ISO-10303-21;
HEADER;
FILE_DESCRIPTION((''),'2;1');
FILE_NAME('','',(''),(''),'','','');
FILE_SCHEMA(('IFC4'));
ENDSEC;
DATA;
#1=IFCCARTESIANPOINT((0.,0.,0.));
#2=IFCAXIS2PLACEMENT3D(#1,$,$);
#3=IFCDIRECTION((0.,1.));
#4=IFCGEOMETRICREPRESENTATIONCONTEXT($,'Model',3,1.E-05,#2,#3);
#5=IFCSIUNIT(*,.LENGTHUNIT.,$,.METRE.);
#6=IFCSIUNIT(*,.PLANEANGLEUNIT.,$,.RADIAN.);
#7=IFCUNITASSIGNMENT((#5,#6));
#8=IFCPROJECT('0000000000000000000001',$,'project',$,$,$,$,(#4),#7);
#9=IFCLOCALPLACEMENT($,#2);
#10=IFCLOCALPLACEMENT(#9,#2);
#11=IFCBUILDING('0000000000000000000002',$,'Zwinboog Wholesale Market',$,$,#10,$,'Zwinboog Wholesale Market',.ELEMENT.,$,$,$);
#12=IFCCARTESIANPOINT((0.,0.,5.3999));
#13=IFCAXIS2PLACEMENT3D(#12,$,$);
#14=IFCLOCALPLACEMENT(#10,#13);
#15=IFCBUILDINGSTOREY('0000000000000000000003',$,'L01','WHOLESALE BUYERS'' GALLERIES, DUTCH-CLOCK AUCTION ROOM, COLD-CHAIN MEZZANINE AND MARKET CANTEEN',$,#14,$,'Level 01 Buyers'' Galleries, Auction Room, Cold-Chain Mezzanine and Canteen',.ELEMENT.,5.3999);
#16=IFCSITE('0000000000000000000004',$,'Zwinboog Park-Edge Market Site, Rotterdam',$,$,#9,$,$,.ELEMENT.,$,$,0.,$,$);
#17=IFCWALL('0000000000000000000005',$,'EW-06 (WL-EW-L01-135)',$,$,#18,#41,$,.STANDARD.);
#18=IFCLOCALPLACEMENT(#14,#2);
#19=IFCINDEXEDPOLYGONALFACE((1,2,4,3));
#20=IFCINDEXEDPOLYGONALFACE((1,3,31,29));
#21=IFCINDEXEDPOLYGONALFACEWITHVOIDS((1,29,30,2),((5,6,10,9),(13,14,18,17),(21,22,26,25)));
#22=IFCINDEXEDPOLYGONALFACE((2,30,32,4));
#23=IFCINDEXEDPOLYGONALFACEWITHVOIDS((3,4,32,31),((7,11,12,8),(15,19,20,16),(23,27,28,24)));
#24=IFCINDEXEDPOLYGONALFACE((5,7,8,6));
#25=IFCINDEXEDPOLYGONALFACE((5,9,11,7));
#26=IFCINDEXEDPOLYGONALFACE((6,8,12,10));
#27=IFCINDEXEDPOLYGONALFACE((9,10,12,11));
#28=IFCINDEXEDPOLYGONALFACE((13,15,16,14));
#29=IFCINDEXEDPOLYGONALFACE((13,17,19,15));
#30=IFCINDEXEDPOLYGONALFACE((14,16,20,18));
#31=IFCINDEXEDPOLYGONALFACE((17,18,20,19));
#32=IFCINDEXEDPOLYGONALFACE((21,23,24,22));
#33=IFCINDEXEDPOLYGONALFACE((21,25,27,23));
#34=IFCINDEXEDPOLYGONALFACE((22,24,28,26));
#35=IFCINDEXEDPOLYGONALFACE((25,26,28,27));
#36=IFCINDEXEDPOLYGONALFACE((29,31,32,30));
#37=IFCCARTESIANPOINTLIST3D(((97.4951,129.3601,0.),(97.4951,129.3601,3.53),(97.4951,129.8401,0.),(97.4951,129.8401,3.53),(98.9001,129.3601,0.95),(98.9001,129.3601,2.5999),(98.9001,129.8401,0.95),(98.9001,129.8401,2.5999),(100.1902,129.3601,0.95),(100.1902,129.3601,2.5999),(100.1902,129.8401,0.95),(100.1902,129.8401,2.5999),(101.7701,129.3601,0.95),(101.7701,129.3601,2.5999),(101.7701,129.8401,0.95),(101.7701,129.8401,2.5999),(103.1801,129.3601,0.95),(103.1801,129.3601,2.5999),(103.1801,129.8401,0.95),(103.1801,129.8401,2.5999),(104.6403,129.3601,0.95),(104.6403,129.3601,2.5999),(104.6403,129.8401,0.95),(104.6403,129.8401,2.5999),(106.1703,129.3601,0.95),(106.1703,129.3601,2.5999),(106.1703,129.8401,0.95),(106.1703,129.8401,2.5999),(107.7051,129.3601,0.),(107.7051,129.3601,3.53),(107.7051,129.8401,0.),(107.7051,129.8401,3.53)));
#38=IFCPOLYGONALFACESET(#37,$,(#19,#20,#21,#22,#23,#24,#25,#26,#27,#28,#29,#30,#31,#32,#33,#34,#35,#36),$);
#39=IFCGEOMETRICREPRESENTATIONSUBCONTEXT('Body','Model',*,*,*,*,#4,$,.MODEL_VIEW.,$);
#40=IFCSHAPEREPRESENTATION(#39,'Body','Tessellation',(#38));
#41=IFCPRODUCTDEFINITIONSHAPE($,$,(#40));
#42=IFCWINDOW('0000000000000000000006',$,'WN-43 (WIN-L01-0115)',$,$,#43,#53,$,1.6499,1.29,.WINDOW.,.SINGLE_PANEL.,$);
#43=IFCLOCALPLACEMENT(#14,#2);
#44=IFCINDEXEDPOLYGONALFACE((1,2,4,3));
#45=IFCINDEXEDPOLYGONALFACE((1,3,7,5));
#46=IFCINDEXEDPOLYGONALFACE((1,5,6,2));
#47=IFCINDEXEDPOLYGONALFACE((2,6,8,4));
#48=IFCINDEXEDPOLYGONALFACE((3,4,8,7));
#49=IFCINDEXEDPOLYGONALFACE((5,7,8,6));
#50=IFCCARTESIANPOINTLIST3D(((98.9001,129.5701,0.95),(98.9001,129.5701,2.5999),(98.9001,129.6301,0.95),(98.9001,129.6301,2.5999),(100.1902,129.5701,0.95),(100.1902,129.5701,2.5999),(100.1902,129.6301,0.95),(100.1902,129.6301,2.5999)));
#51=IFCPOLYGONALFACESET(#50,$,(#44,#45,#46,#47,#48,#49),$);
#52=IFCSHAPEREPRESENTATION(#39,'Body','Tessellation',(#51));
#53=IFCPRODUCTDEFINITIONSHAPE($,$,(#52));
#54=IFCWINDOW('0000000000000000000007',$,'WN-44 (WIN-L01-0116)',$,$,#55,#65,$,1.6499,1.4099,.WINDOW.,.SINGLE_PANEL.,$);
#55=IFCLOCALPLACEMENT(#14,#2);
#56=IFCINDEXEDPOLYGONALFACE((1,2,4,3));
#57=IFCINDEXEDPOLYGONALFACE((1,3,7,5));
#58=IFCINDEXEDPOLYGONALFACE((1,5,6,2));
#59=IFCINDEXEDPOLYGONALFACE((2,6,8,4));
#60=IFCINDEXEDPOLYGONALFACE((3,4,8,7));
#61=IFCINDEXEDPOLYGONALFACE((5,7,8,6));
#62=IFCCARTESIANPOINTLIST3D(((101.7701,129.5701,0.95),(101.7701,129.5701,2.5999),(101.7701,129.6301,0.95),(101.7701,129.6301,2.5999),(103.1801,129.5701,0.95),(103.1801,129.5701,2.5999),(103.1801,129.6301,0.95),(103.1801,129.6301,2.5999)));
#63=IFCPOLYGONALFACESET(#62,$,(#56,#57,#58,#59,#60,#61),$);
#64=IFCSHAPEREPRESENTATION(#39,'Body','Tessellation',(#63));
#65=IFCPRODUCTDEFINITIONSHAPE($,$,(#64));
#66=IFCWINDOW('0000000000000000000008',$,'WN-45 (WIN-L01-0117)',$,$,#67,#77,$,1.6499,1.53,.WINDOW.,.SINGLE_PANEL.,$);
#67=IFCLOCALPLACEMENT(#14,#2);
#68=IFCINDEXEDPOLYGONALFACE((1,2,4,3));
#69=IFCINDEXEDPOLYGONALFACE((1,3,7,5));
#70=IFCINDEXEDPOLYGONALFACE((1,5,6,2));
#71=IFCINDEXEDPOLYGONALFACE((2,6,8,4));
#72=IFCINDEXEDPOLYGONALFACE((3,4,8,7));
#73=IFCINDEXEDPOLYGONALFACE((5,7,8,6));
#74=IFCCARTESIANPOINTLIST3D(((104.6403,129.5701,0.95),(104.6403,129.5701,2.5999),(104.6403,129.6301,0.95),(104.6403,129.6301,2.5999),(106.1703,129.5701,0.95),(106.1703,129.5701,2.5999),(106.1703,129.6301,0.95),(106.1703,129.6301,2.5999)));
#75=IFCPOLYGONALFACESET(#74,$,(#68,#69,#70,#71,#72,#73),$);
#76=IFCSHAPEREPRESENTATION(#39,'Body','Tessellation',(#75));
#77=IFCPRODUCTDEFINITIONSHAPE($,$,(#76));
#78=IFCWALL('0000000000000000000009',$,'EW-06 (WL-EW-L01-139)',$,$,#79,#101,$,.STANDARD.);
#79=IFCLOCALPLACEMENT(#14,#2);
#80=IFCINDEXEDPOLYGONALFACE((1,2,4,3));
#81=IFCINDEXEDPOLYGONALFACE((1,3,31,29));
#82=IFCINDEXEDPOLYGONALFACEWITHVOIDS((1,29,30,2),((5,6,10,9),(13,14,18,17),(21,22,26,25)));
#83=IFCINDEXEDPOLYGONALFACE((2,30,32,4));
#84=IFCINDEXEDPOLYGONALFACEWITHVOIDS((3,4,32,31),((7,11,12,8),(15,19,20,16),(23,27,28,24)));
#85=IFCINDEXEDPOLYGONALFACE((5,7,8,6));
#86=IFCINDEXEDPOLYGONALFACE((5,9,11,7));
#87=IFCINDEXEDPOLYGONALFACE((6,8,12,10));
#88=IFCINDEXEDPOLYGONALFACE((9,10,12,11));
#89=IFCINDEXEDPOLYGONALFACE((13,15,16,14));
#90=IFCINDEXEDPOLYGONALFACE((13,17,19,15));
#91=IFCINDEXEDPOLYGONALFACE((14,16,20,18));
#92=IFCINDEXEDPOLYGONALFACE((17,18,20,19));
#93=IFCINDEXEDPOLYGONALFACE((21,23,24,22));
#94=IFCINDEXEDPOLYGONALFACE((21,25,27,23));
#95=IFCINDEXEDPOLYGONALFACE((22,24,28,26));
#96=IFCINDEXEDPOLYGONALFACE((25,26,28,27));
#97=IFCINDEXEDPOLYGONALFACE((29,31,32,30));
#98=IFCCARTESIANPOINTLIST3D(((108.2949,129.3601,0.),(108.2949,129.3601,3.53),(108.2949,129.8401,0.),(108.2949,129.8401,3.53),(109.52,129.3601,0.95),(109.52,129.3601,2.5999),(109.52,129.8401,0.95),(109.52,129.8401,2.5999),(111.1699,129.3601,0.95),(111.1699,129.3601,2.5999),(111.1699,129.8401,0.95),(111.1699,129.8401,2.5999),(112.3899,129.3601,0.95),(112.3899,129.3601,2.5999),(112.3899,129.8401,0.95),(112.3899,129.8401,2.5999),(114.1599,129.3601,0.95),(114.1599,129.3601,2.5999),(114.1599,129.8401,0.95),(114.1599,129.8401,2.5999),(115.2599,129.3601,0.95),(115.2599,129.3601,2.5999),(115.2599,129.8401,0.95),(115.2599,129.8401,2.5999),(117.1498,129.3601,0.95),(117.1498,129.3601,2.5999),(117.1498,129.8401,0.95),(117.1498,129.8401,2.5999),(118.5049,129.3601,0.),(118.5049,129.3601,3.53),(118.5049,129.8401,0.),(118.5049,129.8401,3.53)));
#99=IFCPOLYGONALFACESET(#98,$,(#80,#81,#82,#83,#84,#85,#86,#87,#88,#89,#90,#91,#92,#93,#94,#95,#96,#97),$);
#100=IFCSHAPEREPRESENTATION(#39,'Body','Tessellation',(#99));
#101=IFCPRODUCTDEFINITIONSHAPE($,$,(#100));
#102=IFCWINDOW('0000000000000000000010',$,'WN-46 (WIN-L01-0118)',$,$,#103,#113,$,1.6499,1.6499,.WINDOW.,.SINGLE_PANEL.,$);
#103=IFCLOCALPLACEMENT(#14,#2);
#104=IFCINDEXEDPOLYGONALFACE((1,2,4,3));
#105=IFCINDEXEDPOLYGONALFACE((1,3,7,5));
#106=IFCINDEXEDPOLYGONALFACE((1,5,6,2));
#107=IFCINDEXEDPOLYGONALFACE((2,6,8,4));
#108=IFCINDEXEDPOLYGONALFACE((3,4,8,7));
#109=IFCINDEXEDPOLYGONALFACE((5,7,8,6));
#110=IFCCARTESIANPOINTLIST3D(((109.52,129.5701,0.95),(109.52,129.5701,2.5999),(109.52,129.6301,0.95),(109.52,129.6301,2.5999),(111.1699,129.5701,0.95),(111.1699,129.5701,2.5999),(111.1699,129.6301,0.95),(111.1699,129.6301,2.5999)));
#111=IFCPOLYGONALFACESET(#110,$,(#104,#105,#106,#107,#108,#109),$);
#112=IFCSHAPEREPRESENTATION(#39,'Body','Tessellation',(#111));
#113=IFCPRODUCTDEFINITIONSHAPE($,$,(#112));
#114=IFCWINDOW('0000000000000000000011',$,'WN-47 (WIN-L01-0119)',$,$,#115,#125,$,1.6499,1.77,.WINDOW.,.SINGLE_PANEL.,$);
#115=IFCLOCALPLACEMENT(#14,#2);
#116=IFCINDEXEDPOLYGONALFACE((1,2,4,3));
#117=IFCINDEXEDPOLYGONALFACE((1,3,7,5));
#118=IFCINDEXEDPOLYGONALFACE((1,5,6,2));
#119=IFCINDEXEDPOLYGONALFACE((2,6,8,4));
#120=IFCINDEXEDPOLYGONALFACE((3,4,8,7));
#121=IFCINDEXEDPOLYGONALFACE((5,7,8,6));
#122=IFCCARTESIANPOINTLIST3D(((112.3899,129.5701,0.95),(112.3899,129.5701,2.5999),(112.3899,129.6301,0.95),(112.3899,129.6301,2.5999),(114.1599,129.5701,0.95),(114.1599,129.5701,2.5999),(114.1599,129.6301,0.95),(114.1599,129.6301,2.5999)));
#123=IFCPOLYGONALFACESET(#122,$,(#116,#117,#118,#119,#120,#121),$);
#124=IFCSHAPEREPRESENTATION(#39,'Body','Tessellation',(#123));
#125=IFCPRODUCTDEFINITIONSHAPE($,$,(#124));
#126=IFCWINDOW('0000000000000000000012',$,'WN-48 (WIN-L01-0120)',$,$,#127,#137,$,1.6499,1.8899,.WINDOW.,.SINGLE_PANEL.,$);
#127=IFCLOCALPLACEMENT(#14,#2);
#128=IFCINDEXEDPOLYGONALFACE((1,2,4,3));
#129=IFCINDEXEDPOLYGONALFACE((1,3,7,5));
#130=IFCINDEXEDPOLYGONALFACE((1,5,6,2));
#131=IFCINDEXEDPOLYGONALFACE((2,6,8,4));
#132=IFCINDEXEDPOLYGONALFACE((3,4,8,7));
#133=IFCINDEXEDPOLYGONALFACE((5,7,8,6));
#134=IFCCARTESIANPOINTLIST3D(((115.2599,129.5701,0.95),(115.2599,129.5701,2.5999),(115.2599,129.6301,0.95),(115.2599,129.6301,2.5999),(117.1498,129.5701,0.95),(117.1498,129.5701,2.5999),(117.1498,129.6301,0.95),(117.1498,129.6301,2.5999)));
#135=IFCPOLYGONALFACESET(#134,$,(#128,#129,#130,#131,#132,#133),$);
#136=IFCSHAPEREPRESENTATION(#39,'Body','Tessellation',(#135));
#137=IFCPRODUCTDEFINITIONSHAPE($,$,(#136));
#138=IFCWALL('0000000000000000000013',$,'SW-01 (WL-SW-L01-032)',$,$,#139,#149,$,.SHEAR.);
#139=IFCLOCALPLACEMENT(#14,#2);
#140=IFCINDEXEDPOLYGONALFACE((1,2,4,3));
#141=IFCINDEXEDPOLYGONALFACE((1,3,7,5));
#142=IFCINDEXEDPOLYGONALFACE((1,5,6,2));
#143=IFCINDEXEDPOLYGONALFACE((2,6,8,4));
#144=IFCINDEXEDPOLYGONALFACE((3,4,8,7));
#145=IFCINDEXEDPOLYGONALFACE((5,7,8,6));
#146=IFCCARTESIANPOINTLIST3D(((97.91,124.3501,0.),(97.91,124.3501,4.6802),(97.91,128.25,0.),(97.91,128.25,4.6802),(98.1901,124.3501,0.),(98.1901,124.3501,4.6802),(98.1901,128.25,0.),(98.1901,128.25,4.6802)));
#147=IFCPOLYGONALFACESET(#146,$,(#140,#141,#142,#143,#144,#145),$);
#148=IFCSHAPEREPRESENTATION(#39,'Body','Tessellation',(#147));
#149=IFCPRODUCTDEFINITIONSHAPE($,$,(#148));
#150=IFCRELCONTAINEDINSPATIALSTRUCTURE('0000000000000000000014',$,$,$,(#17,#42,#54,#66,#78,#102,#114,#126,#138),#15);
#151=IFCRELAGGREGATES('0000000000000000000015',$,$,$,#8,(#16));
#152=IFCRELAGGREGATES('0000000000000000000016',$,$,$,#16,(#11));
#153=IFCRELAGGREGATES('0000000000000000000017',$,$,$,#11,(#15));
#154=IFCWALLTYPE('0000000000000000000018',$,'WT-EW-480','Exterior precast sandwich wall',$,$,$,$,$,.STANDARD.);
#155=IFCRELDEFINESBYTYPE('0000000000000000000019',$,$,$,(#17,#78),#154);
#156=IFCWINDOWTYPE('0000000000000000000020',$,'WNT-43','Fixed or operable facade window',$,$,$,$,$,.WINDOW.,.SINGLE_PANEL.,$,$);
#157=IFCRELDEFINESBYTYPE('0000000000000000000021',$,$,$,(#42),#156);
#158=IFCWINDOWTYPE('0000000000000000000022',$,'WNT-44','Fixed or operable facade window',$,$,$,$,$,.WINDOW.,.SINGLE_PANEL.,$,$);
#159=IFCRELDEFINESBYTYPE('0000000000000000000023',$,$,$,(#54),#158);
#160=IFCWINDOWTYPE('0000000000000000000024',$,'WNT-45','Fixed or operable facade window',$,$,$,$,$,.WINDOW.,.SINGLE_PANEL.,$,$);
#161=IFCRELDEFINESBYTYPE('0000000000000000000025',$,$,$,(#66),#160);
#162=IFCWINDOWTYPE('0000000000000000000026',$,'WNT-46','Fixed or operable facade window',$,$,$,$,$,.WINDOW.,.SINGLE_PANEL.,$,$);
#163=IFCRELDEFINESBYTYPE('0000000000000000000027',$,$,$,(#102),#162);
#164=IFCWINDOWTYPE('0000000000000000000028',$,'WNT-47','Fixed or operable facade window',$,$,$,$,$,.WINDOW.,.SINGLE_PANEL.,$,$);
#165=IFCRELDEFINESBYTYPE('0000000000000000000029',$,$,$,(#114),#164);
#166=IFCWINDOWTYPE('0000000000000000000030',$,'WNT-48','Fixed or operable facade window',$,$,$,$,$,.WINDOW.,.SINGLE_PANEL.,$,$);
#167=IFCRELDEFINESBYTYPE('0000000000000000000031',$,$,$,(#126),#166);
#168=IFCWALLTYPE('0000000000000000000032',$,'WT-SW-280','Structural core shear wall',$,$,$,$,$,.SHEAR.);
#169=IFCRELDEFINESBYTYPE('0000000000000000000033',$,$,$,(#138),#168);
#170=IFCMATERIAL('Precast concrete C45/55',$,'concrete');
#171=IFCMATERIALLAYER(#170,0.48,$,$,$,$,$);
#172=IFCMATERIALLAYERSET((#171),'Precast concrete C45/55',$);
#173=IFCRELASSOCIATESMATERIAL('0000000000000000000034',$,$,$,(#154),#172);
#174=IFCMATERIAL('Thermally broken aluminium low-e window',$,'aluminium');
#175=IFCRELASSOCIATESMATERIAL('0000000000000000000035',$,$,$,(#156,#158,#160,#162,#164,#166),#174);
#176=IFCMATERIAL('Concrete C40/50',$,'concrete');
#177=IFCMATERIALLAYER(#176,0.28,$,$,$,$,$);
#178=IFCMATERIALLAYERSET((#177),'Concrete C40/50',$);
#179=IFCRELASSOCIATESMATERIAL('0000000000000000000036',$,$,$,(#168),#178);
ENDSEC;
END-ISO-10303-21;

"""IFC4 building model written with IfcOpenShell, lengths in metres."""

from ifc_helpers import new_model, si_unit, direction, frame, frame_2d, origin, place, context, subcontext, project, spatial, rectangle, extrude, material, layer, layer_set, type_object, element, fill, save


model = new_model("IFC4")

# Units and contexts
model_context = context("Model", 3, precision=1e-05, world=origin(), true_north=direction((0.0, 1.0)))
body_context = subcontext(model_context, "Body", "Model", "MODEL_VIEW")
ifc_project = project(units=[si_unit("LENGTHUNIT", "METRE"), si_unit("PLANEANGLEUNIT", "RADIAN")], contexts=[model_context])

# Site, building, storey
site_placement = place(None, origin())
site = spatial("IfcSite", under=ifc_project, at=site_placement, Name="Zwinboog Park-Edge Market Site, Rotterdam", CompositionType="ELEMENT", RefElevation=0.0)
building_placement = place(site_placement, origin())
building = spatial("IfcBuilding", under=site, at=building_placement, Name="Zwinboog Wholesale Market", LongName="Zwinboog Wholesale Market", CompositionType="ELEMENT")
storey_placement = place(building_placement, frame((0.0, 0.0, 5.3999)))
storey = spatial("IfcBuildingStorey", under=building, at=storey_placement, Name="L01", Description="WHOLESALE BUYERS' GALLERIES, DUTCH-CLOCK AUCTION ROOM, COLD-CHAIN MEZZANINE AND MARKET CANTEEN", LongName="Level 01 Buyers' Galleries, Auction Room, Cold-Chain Mezzanine and Canteen", CompositionType="ELEMENT", Elevation=5.3999)

# Shared definitions
ifc_material_1 = material(Name="Precast concrete C45/55", Category="concrete")

# Walls, openings, windows
ifc_layer_1 = layer(ifc_material_1, 0.48)
ifc_layer_set_1 = layer_set([ifc_layer_1], Name="Precast concrete C45/55")
wall_type_1 = type_object("IfcWallType", Name="WT-EW-480", Description="Exterior precast sandwich wall", PredefinedType="STANDARD", material=ifc_layer_set_1)
wall_1_placement = place(storey_placement, frame((97.4951, 129.6001, 0.0), z_axis=(0.0, 0.0, 1.0), x_axis=(1.0, 0.0, 0.0)))
wall_1 = element("IfcWall", 1, at=wall_1_placement, inside=storey, type_object=wall_type_1, Name="EW-06 (WL-EW-L01-135)", PredefinedType="STANDARD", context=body_context, shape_type="SweptSolid", body=[
    extrude(rectangle(XDim=10.21, YDim=0.48, at=frame_2d((5.105, 0.0))), origin(), (0.0, 0.0, 1.0), 3.53),
])
opening_1_placement = place(wall_1_placement, frame((1.405, 0.0, 0.95)))
opening_1 = element("IfcOpeningElement", 2, at=opening_1_placement, cuts=wall_1, PredefinedType="OPENING", context=body_context, shape_type="SweptSolid", body=[
    extrude(rectangle(XDim=1.29, YDim=1.6499, at=frame_2d((0.645, 0.825))), frame((0.0, 0.25, 0.0), z_axis=(0.0, -1.0, 0.0), x_axis=(1.0, 0.0, 0.0)), (0.0, 0.0, 1.0), 0.5),
])
opening_2_placement = place(wall_1_placement, frame((4.2749, 0.0, 0.95)))
opening_2 = element("IfcOpeningElement", 3, at=opening_2_placement, cuts=wall_1, PredefinedType="OPENING", context=body_context, shape_type="SweptSolid", body=[
    extrude(rectangle(XDim=1.4099, YDim=1.6499, at=frame_2d((0.7051, 0.825))), frame((0.0, 0.25, 0.0), z_axis=(0.0, -1.0, 0.0), x_axis=(1.0, 0.0, 0.0)), (0.0, 0.0, 1.0), 0.5),
])
opening_3_placement = place(wall_1_placement, frame((7.145, 0.0, 0.95)))
opening_3 = element("IfcOpeningElement", 4, at=opening_3_placement, cuts=wall_1, PredefinedType="OPENING", context=body_context, shape_type="SweptSolid", body=[
    extrude(rectangle(XDim=1.53, YDim=1.6499, at=frame_2d((0.7651, 0.825))), frame((0.0, 0.25, 0.0), z_axis=(0.0, -1.0, 0.0), x_axis=(1.0, 0.0, 0.0)), (0.0, 0.0, 1.0), 0.5),
])
ifc_material_2 = material(Name="Thermally broken aluminium low-e window", Category="aluminium")
window_type_1 = type_object("IfcWindowType", Name="WNT-43", Description="Fixed or operable facade window", PartitioningType="SINGLE_PANEL", PredefinedType="WINDOW", material=ifc_material_2)
window_1_placement = place(opening_1_placement, origin())
window_1 = element("IfcWindow", 5, at=window_1_placement, inside=storey, type_object=window_type_1, Name="WN-43 (WIN-L01-0115)", OverallHeight=1.6499, OverallWidth=1.29, PartitioningType="SINGLE_PANEL", PredefinedType="WINDOW", context=body_context, shape_type="SweptSolid", body=[
    extrude(rectangle(XDim=1.29, YDim=1.6499, at=frame_2d((0.645, 0.825))), frame((0.0, 0.03, 0.0), z_axis=(0.0, -1.0, 0.0), x_axis=(1.0, 0.0, 0.0)), (0.0, 0.0, 1.0), 0.0601),
])
fill(opening_1, window_1)
window_type_2 = type_object("IfcWindowType", Name="WNT-44", Description="Fixed or operable facade window", PartitioningType="SINGLE_PANEL", PredefinedType="WINDOW", material=ifc_material_2)
window_2_placement = place(opening_2_placement, origin())
window_2 = element("IfcWindow", 6, at=window_2_placement, inside=storey, type_object=window_type_2, Name="WN-44 (WIN-L01-0116)", OverallHeight=1.6499, OverallWidth=1.4099, PartitioningType="SINGLE_PANEL", PredefinedType="WINDOW", context=body_context, shape_type="SweptSolid", body=[
    extrude(rectangle(XDim=1.4099, YDim=1.6499, at=frame_2d((0.7051, 0.825))), frame((0.0, 0.03, 0.0), z_axis=(0.0, -1.0, 0.0), x_axis=(1.0, 0.0, 0.0)), (0.0, 0.0, 1.0), 0.0601),
])
fill(opening_2, window_2)
window_type_3 = type_object("IfcWindowType", Name="WNT-45", Description="Fixed or operable facade window", PartitioningType="SINGLE_PANEL", PredefinedType="WINDOW", material=ifc_material_2)
window_3_placement = place(opening_3_placement, origin())
window_3 = element("IfcWindow", 7, at=window_3_placement, inside=storey, type_object=window_type_3, Name="WN-45 (WIN-L01-0117)", OverallHeight=1.6499, OverallWidth=1.53, PartitioningType="SINGLE_PANEL", PredefinedType="WINDOW", context=body_context, shape_type="SweptSolid", body=[
    extrude(rectangle(XDim=1.53, YDim=1.6499, at=frame_2d((0.7651, 0.825))), frame((0.0, 0.03, 0.0), z_axis=(0.0, -1.0, 0.0), x_axis=(1.0, 0.0, 0.0)), (0.0, 0.0, 1.0), 0.0601),
])
fill(opening_3, window_3)
wall_2_placement = place(storey_placement, frame((108.2949, 129.6001, 0.0), z_axis=(0.0, 0.0, 1.0), x_axis=(1.0, 0.0, 0.0)))
wall_2 = element("IfcWall", 8, at=wall_2_placement, inside=storey, type_object=wall_type_1, Name="EW-06 (WL-EW-L01-139)", PredefinedType="STANDARD", context=body_context, shape_type="SweptSolid", body=[
    extrude(rectangle(XDim=10.21, YDim=0.48, at=frame_2d((5.105, 0.0))), origin(), (0.0, 0.0, 1.0), 3.53),
])
opening_4_placement = place(wall_2_placement, frame((1.2251, 0.0, 0.95)))
opening_4 = element("IfcOpeningElement", 9, at=opening_4_placement, cuts=wall_2, PredefinedType="OPENING", context=body_context, shape_type="SweptSolid", body=[
    extrude(rectangle(XDim=1.6499, YDim=1.6499, at=frame_2d((0.825, 0.825))), frame((0.0, 0.25, 0.0), z_axis=(0.0, -1.0, 0.0), x_axis=(1.0, 0.0, 0.0)), (0.0, 0.0, 1.0), 0.5),
])
opening_5_placement = place(wall_2_placement, frame((4.095, 0.0, 0.95)))
opening_5 = element("IfcOpeningElement", 10, at=opening_5_placement, cuts=wall_2, PredefinedType="OPENING", context=body_context, shape_type="SweptSolid", body=[
    extrude(rectangle(XDim=1.77, YDim=1.6499, at=frame_2d((0.885, 0.825))), frame((0.0, 0.25, 0.0), z_axis=(0.0, -1.0, 0.0), x_axis=(1.0, 0.0, 0.0)), (0.0, 0.0, 1.0), 0.5),
])
opening_6_placement = place(wall_2_placement, frame((6.9651, 0.0, 0.95)))
opening_6 = element("IfcOpeningElement", 11, at=opening_6_placement, cuts=wall_2, PredefinedType="OPENING", context=body_context, shape_type="SweptSolid", body=[
    extrude(rectangle(XDim=1.8899, YDim=1.6499, at=frame_2d((0.9448, 0.825))), frame((0.0, 0.25, 0.0), z_axis=(0.0, -1.0, 0.0), x_axis=(1.0, 0.0, 0.0)), (0.0, 0.0, 1.0), 0.5),
])
window_type_4 = type_object("IfcWindowType", Name="WNT-46", Description="Fixed or operable facade window", PartitioningType="SINGLE_PANEL", PredefinedType="WINDOW", material=ifc_material_2)
window_4_placement = place(opening_4_placement, origin())
window_4 = element("IfcWindow", 12, at=window_4_placement, inside=storey, type_object=window_type_4, Name="WN-46 (WIN-L01-0118)", OverallHeight=1.6499, OverallWidth=1.6499, PartitioningType="SINGLE_PANEL", PredefinedType="WINDOW", context=body_context, shape_type="SweptSolid", body=[
    extrude(rectangle(XDim=1.6499, YDim=1.6499, at=frame_2d((0.825, 0.825))), frame((0.0, 0.03, 0.0), z_axis=(0.0, -1.0, 0.0), x_axis=(1.0, 0.0, 0.0)), (0.0, 0.0, 1.0), 0.0601),
])
fill(opening_4, window_4)
window_type_5 = type_object("IfcWindowType", Name="WNT-47", Description="Fixed or operable facade window", PartitioningType="SINGLE_PANEL", PredefinedType="WINDOW", material=ifc_material_2)
window_5_placement = place(opening_5_placement, origin())
window_5 = element("IfcWindow", 13, at=window_5_placement, inside=storey, type_object=window_type_5, Name="WN-47 (WIN-L01-0119)", OverallHeight=1.6499, OverallWidth=1.77, PartitioningType="SINGLE_PANEL", PredefinedType="WINDOW", context=body_context, shape_type="SweptSolid", body=[
    extrude(rectangle(XDim=1.77, YDim=1.6499, at=frame_2d((0.885, 0.825))), frame((0.0, 0.03, 0.0), z_axis=(0.0, -1.0, 0.0), x_axis=(1.0, 0.0, 0.0)), (0.0, 0.0, 1.0), 0.0601),
])
fill(opening_5, window_5)
window_type_6 = type_object("IfcWindowType", Name="WNT-48", Description="Fixed or operable facade window", PartitioningType="SINGLE_PANEL", PredefinedType="WINDOW", material=ifc_material_2)
window_6_placement = place(opening_6_placement, origin())
window_6 = element("IfcWindow", 14, at=window_6_placement, inside=storey, type_object=window_type_6, Name="WN-48 (WIN-L01-0120)", OverallHeight=1.6499, OverallWidth=1.8899, PartitioningType="SINGLE_PANEL", PredefinedType="WINDOW", context=body_context, shape_type="SweptSolid", body=[
    extrude(rectangle(XDim=1.8899, YDim=1.6499, at=frame_2d((0.9448, 0.825))), frame((0.0, 0.03, 0.0), z_axis=(0.0, -1.0, 0.0), x_axis=(1.0, 0.0, 0.0)), (0.0, 0.0, 1.0), 0.0601),
])
fill(opening_6, window_6)

# Wall
ifc_material_3 = material(Name="Concrete C40/50", Category="concrete")
ifc_layer_2 = layer(ifc_material_3, 0.28)
ifc_layer_set_2 = layer_set([ifc_layer_2], Name="Concrete C40/50")
wall_type_2 = type_object("IfcWallType", Name="WT-SW-280", Description="Structural core shear wall", PredefinedType="SHEAR", material=ifc_layer_set_2)
wall_3_placement = place(storey_placement, frame((98.05, 124.3501, 0.0), z_axis=(0.0, 0.0, 1.0), x_axis=(0.0, 1.0, 0.0)))
element("IfcWall", 15, at=wall_3_placement, inside=storey, type_object=wall_type_2, Name="SW-01 (WL-SW-L01-032)", PredefinedType="SHEAR", context=body_context, shape_type="SweptSolid", body=[
    extrude(rectangle(XDim=3.8999, YDim=0.28, at=frame_2d((1.95, 0.0))), origin(), (0.0, 0.0, 1.0), 4.6802),
])

save(model, "model.ifc")
